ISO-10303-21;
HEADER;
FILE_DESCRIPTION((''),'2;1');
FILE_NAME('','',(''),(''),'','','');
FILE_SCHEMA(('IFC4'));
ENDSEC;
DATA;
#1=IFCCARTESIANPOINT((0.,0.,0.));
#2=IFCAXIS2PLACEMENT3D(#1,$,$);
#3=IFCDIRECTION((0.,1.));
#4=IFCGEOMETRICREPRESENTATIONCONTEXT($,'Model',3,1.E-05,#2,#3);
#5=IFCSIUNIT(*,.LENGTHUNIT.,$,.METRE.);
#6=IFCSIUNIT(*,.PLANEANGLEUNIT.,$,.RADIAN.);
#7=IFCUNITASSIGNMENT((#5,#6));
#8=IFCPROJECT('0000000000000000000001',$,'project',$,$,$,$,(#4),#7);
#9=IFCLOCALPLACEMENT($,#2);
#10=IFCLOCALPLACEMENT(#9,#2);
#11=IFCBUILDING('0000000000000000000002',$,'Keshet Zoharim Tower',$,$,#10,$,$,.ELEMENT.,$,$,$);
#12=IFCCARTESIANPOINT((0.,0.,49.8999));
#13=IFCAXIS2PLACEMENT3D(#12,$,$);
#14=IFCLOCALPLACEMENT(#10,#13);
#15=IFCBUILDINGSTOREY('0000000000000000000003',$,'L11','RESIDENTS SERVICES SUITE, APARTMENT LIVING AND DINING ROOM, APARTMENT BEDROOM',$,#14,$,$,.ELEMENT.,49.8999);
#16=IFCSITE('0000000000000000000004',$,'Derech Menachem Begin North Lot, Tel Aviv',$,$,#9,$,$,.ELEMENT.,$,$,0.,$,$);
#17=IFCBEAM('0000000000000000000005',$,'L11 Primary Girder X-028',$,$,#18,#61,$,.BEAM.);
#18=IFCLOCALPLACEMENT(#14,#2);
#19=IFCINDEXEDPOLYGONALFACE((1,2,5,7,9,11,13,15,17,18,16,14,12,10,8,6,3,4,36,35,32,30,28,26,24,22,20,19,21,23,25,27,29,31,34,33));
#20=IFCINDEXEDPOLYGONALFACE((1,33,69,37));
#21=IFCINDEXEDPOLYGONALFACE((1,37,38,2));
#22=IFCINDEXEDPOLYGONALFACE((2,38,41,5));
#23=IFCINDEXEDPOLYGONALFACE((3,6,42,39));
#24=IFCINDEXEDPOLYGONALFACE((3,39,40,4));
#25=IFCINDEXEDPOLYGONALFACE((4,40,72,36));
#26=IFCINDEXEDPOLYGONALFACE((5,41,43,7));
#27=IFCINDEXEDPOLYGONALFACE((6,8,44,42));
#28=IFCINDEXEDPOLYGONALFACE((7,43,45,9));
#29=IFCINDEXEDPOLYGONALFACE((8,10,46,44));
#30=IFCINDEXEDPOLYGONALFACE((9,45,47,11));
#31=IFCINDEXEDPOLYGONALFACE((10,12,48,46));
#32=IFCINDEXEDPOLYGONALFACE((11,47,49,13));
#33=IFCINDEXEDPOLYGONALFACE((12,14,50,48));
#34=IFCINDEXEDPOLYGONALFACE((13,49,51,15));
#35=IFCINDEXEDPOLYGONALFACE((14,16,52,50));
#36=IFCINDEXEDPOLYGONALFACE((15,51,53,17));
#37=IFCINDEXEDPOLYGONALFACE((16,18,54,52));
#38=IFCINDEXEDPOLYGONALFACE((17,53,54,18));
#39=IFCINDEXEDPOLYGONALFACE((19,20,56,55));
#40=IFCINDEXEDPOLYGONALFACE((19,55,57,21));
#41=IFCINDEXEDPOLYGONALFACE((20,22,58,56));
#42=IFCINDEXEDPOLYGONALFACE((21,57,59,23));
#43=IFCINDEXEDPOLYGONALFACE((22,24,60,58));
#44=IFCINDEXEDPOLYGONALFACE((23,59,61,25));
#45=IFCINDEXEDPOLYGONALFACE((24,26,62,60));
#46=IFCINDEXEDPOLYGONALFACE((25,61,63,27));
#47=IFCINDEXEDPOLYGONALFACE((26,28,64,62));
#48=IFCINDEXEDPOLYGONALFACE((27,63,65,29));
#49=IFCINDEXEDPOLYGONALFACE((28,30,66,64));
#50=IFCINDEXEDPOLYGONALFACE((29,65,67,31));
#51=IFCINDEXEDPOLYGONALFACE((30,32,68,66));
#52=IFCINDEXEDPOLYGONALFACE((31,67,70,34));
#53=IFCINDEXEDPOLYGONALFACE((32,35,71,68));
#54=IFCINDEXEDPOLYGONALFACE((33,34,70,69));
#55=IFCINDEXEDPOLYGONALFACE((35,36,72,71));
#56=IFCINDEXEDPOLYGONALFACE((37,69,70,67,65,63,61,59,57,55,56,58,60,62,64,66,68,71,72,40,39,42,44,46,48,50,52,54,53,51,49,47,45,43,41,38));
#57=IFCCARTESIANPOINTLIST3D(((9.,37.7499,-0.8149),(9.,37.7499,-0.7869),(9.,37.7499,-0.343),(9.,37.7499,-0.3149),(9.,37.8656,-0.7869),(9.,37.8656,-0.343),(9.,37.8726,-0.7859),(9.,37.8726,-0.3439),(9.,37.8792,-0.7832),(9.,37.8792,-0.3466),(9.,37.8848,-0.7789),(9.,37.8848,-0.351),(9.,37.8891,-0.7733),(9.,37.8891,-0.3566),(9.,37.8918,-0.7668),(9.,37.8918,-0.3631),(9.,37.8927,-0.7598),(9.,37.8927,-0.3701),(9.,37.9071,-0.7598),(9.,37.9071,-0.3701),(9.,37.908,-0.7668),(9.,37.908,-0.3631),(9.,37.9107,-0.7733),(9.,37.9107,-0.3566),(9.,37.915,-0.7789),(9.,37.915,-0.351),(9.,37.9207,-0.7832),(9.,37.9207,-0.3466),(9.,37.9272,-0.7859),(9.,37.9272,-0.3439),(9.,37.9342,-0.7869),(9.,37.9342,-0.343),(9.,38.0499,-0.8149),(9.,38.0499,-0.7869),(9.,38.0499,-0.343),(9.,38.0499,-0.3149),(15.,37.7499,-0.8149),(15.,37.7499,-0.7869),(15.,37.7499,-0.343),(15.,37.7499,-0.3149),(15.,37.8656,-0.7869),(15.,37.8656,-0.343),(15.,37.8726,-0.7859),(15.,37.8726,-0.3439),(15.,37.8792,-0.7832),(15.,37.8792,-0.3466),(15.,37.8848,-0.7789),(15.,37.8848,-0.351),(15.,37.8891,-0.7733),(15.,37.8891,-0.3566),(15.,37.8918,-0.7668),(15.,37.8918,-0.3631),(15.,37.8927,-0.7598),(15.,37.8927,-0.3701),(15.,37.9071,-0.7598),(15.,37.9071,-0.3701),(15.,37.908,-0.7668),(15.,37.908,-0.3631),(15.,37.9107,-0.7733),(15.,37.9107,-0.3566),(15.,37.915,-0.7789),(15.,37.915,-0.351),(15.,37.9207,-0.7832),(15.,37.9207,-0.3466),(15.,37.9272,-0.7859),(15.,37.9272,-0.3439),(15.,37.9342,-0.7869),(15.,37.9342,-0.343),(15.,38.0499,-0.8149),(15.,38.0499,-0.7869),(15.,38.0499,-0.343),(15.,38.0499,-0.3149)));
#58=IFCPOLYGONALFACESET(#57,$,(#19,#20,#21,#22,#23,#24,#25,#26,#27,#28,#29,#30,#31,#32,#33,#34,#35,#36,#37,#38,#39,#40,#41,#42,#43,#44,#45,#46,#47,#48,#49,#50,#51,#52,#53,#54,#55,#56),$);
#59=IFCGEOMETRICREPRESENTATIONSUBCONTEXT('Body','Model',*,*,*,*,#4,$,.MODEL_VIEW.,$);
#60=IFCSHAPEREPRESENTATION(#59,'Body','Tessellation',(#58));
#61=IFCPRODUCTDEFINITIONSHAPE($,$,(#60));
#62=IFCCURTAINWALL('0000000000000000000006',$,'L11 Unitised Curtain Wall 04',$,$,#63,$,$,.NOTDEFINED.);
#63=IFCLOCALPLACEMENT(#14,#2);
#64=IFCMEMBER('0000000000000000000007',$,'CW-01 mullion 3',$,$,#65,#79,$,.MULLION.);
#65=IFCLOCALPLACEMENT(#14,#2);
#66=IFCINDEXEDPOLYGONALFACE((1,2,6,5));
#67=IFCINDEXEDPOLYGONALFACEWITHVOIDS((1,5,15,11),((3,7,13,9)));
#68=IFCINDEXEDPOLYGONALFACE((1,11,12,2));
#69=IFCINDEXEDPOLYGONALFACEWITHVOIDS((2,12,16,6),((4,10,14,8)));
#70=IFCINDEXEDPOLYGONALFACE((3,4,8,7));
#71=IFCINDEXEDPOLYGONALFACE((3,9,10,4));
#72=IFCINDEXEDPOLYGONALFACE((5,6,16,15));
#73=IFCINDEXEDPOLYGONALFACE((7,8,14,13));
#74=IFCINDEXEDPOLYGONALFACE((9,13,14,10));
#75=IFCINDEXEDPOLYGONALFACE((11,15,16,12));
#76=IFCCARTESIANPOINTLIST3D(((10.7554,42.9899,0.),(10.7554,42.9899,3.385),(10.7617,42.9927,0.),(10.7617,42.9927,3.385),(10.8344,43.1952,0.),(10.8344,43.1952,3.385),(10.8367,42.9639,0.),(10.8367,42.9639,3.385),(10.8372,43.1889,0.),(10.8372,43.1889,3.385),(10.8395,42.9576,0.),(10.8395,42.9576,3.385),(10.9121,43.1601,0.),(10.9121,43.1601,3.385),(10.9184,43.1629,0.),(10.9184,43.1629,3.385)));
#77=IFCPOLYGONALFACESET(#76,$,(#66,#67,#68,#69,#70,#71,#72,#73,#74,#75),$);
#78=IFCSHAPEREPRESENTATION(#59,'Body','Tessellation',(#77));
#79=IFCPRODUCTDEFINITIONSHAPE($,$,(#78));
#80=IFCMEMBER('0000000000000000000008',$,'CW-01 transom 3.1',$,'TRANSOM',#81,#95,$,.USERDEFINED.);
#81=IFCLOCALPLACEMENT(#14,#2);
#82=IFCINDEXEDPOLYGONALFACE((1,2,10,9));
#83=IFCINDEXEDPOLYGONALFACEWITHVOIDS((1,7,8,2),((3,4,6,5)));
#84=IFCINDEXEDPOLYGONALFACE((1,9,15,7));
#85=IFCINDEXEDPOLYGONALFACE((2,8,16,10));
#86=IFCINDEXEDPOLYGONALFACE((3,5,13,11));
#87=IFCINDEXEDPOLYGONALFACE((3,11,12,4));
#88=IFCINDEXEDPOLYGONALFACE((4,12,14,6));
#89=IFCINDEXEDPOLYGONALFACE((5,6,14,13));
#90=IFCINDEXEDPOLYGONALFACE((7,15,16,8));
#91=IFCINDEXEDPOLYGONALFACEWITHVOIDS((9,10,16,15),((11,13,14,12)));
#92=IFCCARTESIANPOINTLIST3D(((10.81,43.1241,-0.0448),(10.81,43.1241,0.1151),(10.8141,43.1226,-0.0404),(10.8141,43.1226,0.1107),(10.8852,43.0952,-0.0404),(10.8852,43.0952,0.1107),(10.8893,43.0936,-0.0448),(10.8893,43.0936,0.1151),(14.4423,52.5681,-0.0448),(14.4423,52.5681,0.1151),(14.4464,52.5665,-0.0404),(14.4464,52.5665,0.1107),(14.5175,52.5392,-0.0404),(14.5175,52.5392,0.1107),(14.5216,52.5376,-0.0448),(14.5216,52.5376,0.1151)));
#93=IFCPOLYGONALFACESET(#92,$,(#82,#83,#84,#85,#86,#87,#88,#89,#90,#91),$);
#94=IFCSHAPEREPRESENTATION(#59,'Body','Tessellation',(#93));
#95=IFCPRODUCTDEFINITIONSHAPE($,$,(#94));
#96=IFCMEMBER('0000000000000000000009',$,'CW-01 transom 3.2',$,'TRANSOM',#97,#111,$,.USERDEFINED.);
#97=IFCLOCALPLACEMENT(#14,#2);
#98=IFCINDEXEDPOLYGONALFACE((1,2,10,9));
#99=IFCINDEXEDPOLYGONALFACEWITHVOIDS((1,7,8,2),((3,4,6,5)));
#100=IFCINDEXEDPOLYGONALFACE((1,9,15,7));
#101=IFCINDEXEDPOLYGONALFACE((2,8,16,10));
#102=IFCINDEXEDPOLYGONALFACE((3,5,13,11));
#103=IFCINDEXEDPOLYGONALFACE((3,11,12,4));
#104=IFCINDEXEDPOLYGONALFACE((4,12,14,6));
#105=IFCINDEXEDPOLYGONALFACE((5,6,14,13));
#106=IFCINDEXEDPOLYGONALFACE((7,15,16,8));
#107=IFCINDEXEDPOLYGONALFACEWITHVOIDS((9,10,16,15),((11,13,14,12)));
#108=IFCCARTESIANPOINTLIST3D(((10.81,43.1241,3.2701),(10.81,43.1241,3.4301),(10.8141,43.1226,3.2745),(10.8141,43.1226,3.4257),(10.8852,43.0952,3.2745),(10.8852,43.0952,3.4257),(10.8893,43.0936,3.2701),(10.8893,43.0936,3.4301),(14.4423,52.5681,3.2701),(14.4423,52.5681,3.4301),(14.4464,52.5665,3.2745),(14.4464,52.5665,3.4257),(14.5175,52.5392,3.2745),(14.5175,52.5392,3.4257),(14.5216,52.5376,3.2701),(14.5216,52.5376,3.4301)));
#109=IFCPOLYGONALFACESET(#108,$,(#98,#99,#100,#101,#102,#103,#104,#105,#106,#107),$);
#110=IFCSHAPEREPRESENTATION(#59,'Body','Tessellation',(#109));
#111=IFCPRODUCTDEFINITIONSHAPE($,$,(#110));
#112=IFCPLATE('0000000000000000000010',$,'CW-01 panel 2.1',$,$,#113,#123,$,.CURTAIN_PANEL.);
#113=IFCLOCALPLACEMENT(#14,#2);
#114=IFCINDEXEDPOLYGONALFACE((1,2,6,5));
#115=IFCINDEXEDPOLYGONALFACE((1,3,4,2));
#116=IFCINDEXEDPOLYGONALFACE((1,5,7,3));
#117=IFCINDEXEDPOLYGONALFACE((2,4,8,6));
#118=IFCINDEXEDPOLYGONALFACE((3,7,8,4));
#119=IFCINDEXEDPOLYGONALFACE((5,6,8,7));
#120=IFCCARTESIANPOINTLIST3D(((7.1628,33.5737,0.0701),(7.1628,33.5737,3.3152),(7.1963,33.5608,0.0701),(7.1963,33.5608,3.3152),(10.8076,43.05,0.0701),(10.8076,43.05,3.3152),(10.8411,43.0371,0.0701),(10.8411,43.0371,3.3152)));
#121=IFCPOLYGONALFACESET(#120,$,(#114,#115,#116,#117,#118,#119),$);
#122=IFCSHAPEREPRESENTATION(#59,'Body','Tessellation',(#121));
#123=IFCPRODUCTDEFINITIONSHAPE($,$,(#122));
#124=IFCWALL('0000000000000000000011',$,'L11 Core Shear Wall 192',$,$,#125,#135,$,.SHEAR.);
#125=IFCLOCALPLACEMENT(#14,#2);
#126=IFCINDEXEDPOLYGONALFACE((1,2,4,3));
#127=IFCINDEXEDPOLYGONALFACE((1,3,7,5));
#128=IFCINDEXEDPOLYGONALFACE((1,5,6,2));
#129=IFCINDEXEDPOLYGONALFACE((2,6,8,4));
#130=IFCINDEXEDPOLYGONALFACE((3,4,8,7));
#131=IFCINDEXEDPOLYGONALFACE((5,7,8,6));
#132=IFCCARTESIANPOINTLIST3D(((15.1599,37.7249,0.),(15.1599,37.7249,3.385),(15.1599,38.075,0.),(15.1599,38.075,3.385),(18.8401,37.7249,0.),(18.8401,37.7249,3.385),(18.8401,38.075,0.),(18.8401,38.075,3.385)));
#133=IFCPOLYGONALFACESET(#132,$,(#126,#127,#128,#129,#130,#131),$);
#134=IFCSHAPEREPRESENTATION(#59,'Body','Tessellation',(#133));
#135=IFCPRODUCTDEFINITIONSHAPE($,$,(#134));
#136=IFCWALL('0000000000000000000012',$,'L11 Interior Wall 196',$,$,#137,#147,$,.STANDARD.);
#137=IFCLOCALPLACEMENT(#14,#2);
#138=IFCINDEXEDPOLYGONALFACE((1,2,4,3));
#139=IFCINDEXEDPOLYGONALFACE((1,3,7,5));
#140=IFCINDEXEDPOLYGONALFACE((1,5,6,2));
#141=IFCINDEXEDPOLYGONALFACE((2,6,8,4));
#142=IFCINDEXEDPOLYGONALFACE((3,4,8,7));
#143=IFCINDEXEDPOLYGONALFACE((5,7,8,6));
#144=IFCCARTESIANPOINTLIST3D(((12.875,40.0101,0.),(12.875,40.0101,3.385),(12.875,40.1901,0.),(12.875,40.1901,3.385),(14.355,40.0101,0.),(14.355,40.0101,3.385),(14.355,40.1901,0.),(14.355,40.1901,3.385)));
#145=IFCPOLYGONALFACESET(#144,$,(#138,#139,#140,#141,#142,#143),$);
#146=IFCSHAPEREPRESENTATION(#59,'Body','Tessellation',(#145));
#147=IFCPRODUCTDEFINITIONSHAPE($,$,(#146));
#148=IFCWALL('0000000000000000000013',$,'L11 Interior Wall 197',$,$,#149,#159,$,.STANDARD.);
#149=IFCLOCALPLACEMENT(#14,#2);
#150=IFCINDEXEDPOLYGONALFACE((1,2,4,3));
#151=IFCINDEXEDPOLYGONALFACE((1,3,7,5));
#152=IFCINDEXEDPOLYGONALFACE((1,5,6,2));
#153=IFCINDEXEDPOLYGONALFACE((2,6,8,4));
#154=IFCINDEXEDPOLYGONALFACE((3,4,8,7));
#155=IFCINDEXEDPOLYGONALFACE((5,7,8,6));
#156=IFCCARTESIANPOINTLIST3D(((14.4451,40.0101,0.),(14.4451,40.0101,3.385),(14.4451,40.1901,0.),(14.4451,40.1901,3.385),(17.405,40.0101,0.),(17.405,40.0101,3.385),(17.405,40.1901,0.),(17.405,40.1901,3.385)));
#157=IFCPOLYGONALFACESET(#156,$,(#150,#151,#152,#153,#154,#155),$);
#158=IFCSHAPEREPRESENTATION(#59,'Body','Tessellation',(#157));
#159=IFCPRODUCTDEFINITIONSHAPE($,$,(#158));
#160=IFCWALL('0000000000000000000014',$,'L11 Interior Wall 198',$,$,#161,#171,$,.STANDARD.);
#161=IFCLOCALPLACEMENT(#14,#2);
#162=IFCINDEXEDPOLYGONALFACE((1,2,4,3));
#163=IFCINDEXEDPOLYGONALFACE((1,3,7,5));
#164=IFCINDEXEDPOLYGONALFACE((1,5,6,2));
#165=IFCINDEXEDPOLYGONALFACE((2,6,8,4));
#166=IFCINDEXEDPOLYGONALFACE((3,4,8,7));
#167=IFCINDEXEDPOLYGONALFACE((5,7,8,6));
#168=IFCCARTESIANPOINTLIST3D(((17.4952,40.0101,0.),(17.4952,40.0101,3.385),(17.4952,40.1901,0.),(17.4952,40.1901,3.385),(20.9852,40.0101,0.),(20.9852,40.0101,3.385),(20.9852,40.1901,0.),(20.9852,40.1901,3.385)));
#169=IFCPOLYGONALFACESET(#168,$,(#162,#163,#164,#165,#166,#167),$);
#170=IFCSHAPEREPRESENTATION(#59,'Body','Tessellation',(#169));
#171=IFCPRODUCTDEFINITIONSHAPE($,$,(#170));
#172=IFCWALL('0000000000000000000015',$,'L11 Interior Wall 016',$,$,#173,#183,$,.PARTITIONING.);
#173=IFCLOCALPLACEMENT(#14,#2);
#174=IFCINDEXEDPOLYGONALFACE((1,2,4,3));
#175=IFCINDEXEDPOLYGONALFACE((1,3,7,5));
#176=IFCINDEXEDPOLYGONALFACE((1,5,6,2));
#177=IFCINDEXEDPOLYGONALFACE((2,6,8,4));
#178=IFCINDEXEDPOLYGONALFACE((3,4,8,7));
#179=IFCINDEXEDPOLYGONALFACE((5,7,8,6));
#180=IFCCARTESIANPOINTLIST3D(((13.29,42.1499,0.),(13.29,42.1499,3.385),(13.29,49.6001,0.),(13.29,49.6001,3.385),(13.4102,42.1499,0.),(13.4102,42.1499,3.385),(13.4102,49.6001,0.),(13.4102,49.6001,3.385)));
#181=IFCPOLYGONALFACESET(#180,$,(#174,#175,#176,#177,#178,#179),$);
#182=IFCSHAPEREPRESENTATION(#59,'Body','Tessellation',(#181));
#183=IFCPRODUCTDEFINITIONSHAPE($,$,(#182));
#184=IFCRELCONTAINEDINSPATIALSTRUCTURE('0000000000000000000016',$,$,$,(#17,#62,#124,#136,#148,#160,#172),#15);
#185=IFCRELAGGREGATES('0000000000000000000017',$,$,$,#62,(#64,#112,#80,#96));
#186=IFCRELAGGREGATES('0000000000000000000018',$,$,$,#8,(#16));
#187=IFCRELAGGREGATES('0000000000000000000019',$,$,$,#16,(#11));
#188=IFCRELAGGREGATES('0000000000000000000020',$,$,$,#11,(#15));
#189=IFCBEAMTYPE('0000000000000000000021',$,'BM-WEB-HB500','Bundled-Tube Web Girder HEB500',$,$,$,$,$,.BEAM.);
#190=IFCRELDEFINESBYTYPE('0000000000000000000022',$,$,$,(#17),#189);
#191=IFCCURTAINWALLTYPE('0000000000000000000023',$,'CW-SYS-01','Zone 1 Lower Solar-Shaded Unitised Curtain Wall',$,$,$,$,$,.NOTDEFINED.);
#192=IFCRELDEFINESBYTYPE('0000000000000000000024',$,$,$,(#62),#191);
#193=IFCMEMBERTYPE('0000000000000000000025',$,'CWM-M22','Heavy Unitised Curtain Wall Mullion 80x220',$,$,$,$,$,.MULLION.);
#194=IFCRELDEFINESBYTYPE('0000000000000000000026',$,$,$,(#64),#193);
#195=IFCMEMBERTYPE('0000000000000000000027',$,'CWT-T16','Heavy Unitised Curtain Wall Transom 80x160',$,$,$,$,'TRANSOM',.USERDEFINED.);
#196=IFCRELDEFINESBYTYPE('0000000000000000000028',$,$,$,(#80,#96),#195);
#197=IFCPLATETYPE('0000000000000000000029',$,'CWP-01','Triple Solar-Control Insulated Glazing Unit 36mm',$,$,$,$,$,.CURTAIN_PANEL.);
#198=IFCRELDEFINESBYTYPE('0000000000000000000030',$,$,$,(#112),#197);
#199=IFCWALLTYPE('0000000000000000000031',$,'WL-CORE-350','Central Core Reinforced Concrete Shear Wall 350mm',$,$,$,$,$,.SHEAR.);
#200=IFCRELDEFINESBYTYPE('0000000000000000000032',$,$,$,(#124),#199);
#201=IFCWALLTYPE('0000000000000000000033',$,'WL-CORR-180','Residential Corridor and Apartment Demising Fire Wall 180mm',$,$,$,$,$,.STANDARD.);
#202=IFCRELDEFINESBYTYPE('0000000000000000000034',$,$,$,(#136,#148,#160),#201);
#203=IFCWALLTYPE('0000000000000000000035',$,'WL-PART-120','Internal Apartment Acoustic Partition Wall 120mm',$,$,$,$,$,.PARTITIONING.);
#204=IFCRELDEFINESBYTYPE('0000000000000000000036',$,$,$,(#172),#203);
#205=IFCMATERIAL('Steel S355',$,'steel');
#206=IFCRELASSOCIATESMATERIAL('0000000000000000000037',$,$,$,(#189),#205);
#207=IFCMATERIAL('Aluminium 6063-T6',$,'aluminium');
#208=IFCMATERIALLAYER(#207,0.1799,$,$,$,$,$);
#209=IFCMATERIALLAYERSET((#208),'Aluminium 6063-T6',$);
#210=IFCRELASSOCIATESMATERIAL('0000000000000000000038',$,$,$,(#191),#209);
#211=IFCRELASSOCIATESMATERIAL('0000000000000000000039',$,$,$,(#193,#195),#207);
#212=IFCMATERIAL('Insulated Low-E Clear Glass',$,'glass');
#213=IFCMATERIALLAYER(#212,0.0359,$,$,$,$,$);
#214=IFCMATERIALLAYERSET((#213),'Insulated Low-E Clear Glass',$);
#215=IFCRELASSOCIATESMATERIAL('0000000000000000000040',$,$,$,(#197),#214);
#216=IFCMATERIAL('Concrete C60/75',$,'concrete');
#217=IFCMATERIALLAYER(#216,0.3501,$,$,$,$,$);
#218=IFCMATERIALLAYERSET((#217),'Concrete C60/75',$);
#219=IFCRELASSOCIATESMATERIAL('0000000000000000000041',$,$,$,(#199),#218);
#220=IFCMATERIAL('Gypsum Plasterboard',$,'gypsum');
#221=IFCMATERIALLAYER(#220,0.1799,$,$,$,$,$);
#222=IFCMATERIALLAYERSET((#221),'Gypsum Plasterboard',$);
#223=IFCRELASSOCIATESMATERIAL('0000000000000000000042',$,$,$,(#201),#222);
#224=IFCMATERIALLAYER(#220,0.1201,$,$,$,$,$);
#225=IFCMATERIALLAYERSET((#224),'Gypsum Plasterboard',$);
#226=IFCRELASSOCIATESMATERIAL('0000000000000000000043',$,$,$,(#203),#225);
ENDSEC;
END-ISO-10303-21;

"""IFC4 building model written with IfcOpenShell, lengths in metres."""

from ifc_helpers import new_model, si_unit, direction, frame, frame_2d, origin, origin_2d, place, context, subcontext, project, spatial, rectangle, hollow_rectangle, i_section, extrude, material, layer, layer_set, material_profile, profile_set, type_object, element, aggregate, save


model = new_model("IFC4")

# Units and contexts
model_context = context("Model", 3, precision=1e-05, world=origin(), true_north=direction((0.0, 1.0)))
body_context = subcontext(model_context, "Body", "Model", "MODEL_VIEW")
ifc_project = project(units=[si_unit("LENGTHUNIT", "METRE"), si_unit("PLANEANGLEUNIT", "RADIAN")], contexts=[model_context])

# Site, building, storey
site_placement = place(None, origin())
site = spatial("IfcSite", under=ifc_project, at=site_placement, Name="Derech Menachem Begin North Lot, Tel Aviv", CompositionType="ELEMENT", RefElevation=0.0)
building_placement = place(site_placement, origin())
building = spatial("IfcBuilding", under=site, at=building_placement, Name="Keshet Zoharim Tower", CompositionType="ELEMENT")
storey_placement = place(building_placement, frame((0.0, 0.0, 49.8999)))
storey = spatial("IfcBuildingStorey", under=building, at=storey_placement, Name="L11", Description="RESIDENTS SERVICES SUITE, APARTMENT LIVING AND DINING ROOM, APARTMENT BEDROOM", CompositionType="ELEMENT", Elevation=49.8999)

# Beam
ifc_material_1 = material(Name="Steel S355", Category="steel")
ifc_material_profile_1 = material_profile(ifc_material_1, i_section(OverallWidth=0.3, OverallDepth=0.5, WebThickness=0.0144, FlangeThickness=0.0281, FilletRadius=0.0271, at=origin_2d()), Name="HEB500")
ifc_profile_set_1 = profile_set([ifc_material_profile_1], Name="Steel S355")
beam_type = type_object("IfcBeamType", Name="BM-WEB-HB500", Description="Bundled-Tube Web Girder HEB500", PredefinedType="BEAM", material=ifc_profile_set_1)
beam_placement = place(storey_placement, frame((9.0, 37.8999, -0.5649), z_axis=(1.0, 0.0, 0.0), x_axis=(0.0, 1.0, 0.0)))
element("IfcBeam", 1, at=beam_placement, inside=storey, type_object=beam_type, Name="L11 Primary Girder X-028", PredefinedType="BEAM", context=body_context, shape_type="SweptSolid", body=[
    extrude(i_section(OverallWidth=0.3, OverallDepth=0.5, WebThickness=0.0144, FlangeThickness=0.0281, FilletRadius=0.0271, at=origin_2d()), origin(), (0.0, 0.0, 1.0), 6.0),
])

# Curtain wall, members, plate
ifc_material_2 = material(Name="Aluminium 6063-T6", Category="aluminium")
ifc_layer_1 = layer(ifc_material_2, 0.1799)
ifc_layer_set_1 = layer_set([ifc_layer_1], Name="Aluminium 6063-T6")
curtain_wall_type = type_object("IfcCurtainWallType", Name="CW-SYS-01", Description="Zone 1 Lower Solar-Shaded Unitised Curtain Wall", PredefinedType="NOTDEFINED", material=ifc_layer_set_1)
curtain_wall_placement = place(storey_placement, origin())
curtain_wall = element("IfcCurtainWall", 2, at=curtain_wall_placement, inside=storey, type_object=curtain_wall_type, Name="L11 Unitised Curtain Wall 04", PredefinedType="NOTDEFINED")
ifc_material_profile_2 = material_profile(ifc_material_2, hollow_rectangle(XDim=0.0901, YDim=0.22, WallThickness=0.0049, at=origin_2d()), Name="MUL-90x220")
ifc_profile_set_2 = profile_set([ifc_material_profile_2], Name="Aluminium 6063-T6")
member_type_1 = type_object("IfcMemberType", Name="CWM-M22", Description="Heavy Unitised Curtain Wall Mullion 80x220", PredefinedType="MULLION", material=ifc_profile_set_2)
member_1_placement = place(storey_placement, frame((10.8369, 43.0764, 0.0), z_axis=(0.0, 0.0, 1.0), x_axis=(-0.933341, 0.35899, 0.0)))
member_1 = element("IfcMember", 3, at=member_1_placement, type_object=member_type_1, Name="CW-01 mullion 3", PredefinedType="MULLION", context=body_context, shape_type="SweptSolid", body=[
    extrude(hollow_rectangle(XDim=0.0901, YDim=0.22, WallThickness=0.0049, at=origin_2d()), origin(), (0.0, 0.0, 1.0), 3.385),
])
ifc_material_profile_3 = material_profile(ifc_material_2, hollow_rectangle(XDim=0.085, YDim=0.1599, WallThickness=0.0044, at=origin_2d()), Name="TRN-85x160")
ifc_profile_set_3 = profile_set([ifc_material_profile_3], Name="Aluminium 6063-T6")
member_type_2 = type_object("IfcMemberType", Name="CWT-T16", Description="Heavy Unitised Curtain Wall Transom 80x160", ElementType="TRANSOM", PredefinedType="USERDEFINED", material=ifc_profile_set_3)
member_2_placement = place(storey_placement, frame((10.8496, 43.1089, 0.0352), z_axis=(0.358986, 0.933343, 0.0), x_axis=(-0.933343, 0.358986, 0.0)))
member_2 = element("IfcMember", 4, at=member_2_placement, type_object=member_type_2, Name="CW-01 transom 3.1", ObjectType="TRANSOM", PredefinedType="USERDEFINED", context=body_context, shape_type="SweptSolid", body=[
    extrude(hollow_rectangle(XDim=0.085, YDim=0.1599, WallThickness=0.0044, at=origin_2d()), origin(), (0.0, 0.0, 1.0), 10.1184),
])
member_3_placement = place(storey_placement, frame((10.8496, 43.1089, 3.3501), z_axis=(0.358986, 0.933343, 0.0), x_axis=(-0.933343, 0.358986, 0.0)))
member_3 = element("IfcMember", 5, at=member_3_placement, type_object=member_type_2, Name="CW-01 transom 3.2", ObjectType="TRANSOM", PredefinedType="USERDEFINED", context=body_context, shape_type="SweptSolid", body=[
    extrude(hollow_rectangle(XDim=0.085, YDim=0.1599, WallThickness=0.0044, at=origin_2d()), origin(), (0.0, 0.0, 1.0), 10.1184),
])
ifc_material_3 = material(Name="Insulated Low-E Clear Glass", Category="glass")
ifc_layer_2 = layer(ifc_material_3, 0.0359)
ifc_layer_set_2 = layer_set([ifc_layer_2], Name="Insulated Low-E Clear Glass")
plate_type = type_object("IfcPlateType", Name="CWP-01", Description="Triple Solar-Control Insulated Glazing Unit 36mm", PredefinedType="CURTAIN_PANEL", material=ifc_layer_set_2)
plate_placement = place(storey_placement, frame((9.002, 38.3054, 0.0701), z_axis=(0.0, 0.0, 1.0), x_axis=(0.35899, 0.933341, 0.0)))
plate = element("IfcPlate", 6, at=plate_placement, type_object=plate_type, Name="CW-01 panel 2.1", PredefinedType="CURTAIN_PANEL", context=body_context, shape_type="SweptSolid", body=[
    extrude(rectangle(XDim=10.1531, YDim=0.0359, at=origin_2d()), origin(), (0.0, 0.0, 1.0), 3.2451),
])
aggregate(curtain_wall, [member_1, plate, member_2, member_3])

# Walls
ifc_material_4 = material(Name="Concrete C60/75", Category="concrete")
ifc_layer_3 = layer(ifc_material_4, 0.3501)
ifc_layer_set_3 = layer_set([ifc_layer_3], Name="Concrete C60/75")
wall_type_1 = type_object("IfcWallType", Name="WL-CORE-350", Description="Central Core Reinforced Concrete Shear Wall 350mm", PredefinedType="SHEAR", material=ifc_layer_set_3)
wall_1_placement = place(storey_placement, frame((15.1599, 37.8999, 0.0), z_axis=(0.0, 0.0, 1.0), x_axis=(1.0, 0.0, 0.0)))
element("IfcWall", 7, at=wall_1_placement, inside=storey, type_object=wall_type_1, Name="L11 Core Shear Wall 192", PredefinedType="SHEAR", context=body_context, shape_type="SweptSolid", body=[
    extrude(rectangle(XDim=3.6802, YDim=0.3501, at=frame_2d((1.8401, 0.0))), origin(), (0.0, 0.0, 1.0), 3.385),
])
ifc_material_5 = material(Name="Gypsum Plasterboard", Category="gypsum")
ifc_layer_4 = layer(ifc_material_5, 0.1799)
ifc_layer_set_4 = layer_set([ifc_layer_4], Name="Gypsum Plasterboard")
wall_type_2 = type_object("IfcWallType", Name="WL-CORR-180", Description="Residential Corridor and Apartment Demising Fire Wall 180mm", PredefinedType="STANDARD", material=ifc_layer_set_4)
wall_2_placement = place(storey_placement, frame((12.875, 40.1001, 0.0), z_axis=(0.0, 0.0, 1.0), x_axis=(1.0, 0.0, 0.0)))
element("IfcWall", 8, at=wall_2_placement, inside=storey, type_object=wall_type_2, Name="L11 Interior Wall 196", PredefinedType="STANDARD", context=body_context, shape_type="SweptSolid", body=[
    extrude(rectangle(XDim=1.48, YDim=0.1799, at=frame_2d((0.74, 0.0))), origin(), (0.0, 0.0, 1.0), 3.385),
])
wall_3_placement = place(storey_placement, frame((14.4451, 40.1001, 0.0), z_axis=(0.0, 0.0, 1.0), x_axis=(1.0, 0.0, 0.0)))
element("IfcWall", 9, at=wall_3_placement, inside=storey, type_object=wall_type_2, Name="L11 Interior Wall 197", PredefinedType="STANDARD", context=body_context, shape_type="SweptSolid", body=[
    extrude(rectangle(XDim=2.96, YDim=0.1799, at=frame_2d((1.48, 0.0))), origin(), (0.0, 0.0, 1.0), 3.385),
])
wall_4_placement = place(storey_placement, frame((17.4951, 40.1001, 0.0), z_axis=(0.0, 0.0, 1.0), x_axis=(1.0, 0.0, 0.0)))
element("IfcWall", 10, at=wall_4_placement, inside=storey, type_object=wall_type_2, Name="L11 Interior Wall 198", PredefinedType="STANDARD", context=body_context, shape_type="SweptSolid", body=[
    extrude(rectangle(XDim=3.49, YDim=0.1799, at=frame_2d((1.7451, 0.0))), origin(), (0.0, 0.0, 1.0), 3.385),
])
ifc_layer_5 = layer(ifc_material_5, 0.1201)
ifc_layer_set_5 = layer_set([ifc_layer_5], Name="Gypsum Plasterboard")
wall_type_3 = type_object("IfcWallType", Name="WL-PART-120", Description="Internal Apartment Acoustic Partition Wall 120mm", PredefinedType="PARTITIONING", material=ifc_layer_set_5)
wall_5_placement = place(storey_placement, frame((13.3501, 42.1499, 0.0), z_axis=(0.0, 0.0, 1.0), x_axis=(0.0, 1.0, 0.0)))
element("IfcWall", 11, at=wall_5_placement, inside=storey, type_object=wall_type_3, Name="L11 Interior Wall 016", PredefinedType="PARTITIONING", context=body_context, shape_type="SweptSolid", body=[
    extrude(rectangle(XDim=7.4502, YDim=0.1201, at=frame_2d((3.7251, 0.0))), origin(), (0.0, 0.0, 1.0), 3.385),
])

save(model, "model.ifc")
